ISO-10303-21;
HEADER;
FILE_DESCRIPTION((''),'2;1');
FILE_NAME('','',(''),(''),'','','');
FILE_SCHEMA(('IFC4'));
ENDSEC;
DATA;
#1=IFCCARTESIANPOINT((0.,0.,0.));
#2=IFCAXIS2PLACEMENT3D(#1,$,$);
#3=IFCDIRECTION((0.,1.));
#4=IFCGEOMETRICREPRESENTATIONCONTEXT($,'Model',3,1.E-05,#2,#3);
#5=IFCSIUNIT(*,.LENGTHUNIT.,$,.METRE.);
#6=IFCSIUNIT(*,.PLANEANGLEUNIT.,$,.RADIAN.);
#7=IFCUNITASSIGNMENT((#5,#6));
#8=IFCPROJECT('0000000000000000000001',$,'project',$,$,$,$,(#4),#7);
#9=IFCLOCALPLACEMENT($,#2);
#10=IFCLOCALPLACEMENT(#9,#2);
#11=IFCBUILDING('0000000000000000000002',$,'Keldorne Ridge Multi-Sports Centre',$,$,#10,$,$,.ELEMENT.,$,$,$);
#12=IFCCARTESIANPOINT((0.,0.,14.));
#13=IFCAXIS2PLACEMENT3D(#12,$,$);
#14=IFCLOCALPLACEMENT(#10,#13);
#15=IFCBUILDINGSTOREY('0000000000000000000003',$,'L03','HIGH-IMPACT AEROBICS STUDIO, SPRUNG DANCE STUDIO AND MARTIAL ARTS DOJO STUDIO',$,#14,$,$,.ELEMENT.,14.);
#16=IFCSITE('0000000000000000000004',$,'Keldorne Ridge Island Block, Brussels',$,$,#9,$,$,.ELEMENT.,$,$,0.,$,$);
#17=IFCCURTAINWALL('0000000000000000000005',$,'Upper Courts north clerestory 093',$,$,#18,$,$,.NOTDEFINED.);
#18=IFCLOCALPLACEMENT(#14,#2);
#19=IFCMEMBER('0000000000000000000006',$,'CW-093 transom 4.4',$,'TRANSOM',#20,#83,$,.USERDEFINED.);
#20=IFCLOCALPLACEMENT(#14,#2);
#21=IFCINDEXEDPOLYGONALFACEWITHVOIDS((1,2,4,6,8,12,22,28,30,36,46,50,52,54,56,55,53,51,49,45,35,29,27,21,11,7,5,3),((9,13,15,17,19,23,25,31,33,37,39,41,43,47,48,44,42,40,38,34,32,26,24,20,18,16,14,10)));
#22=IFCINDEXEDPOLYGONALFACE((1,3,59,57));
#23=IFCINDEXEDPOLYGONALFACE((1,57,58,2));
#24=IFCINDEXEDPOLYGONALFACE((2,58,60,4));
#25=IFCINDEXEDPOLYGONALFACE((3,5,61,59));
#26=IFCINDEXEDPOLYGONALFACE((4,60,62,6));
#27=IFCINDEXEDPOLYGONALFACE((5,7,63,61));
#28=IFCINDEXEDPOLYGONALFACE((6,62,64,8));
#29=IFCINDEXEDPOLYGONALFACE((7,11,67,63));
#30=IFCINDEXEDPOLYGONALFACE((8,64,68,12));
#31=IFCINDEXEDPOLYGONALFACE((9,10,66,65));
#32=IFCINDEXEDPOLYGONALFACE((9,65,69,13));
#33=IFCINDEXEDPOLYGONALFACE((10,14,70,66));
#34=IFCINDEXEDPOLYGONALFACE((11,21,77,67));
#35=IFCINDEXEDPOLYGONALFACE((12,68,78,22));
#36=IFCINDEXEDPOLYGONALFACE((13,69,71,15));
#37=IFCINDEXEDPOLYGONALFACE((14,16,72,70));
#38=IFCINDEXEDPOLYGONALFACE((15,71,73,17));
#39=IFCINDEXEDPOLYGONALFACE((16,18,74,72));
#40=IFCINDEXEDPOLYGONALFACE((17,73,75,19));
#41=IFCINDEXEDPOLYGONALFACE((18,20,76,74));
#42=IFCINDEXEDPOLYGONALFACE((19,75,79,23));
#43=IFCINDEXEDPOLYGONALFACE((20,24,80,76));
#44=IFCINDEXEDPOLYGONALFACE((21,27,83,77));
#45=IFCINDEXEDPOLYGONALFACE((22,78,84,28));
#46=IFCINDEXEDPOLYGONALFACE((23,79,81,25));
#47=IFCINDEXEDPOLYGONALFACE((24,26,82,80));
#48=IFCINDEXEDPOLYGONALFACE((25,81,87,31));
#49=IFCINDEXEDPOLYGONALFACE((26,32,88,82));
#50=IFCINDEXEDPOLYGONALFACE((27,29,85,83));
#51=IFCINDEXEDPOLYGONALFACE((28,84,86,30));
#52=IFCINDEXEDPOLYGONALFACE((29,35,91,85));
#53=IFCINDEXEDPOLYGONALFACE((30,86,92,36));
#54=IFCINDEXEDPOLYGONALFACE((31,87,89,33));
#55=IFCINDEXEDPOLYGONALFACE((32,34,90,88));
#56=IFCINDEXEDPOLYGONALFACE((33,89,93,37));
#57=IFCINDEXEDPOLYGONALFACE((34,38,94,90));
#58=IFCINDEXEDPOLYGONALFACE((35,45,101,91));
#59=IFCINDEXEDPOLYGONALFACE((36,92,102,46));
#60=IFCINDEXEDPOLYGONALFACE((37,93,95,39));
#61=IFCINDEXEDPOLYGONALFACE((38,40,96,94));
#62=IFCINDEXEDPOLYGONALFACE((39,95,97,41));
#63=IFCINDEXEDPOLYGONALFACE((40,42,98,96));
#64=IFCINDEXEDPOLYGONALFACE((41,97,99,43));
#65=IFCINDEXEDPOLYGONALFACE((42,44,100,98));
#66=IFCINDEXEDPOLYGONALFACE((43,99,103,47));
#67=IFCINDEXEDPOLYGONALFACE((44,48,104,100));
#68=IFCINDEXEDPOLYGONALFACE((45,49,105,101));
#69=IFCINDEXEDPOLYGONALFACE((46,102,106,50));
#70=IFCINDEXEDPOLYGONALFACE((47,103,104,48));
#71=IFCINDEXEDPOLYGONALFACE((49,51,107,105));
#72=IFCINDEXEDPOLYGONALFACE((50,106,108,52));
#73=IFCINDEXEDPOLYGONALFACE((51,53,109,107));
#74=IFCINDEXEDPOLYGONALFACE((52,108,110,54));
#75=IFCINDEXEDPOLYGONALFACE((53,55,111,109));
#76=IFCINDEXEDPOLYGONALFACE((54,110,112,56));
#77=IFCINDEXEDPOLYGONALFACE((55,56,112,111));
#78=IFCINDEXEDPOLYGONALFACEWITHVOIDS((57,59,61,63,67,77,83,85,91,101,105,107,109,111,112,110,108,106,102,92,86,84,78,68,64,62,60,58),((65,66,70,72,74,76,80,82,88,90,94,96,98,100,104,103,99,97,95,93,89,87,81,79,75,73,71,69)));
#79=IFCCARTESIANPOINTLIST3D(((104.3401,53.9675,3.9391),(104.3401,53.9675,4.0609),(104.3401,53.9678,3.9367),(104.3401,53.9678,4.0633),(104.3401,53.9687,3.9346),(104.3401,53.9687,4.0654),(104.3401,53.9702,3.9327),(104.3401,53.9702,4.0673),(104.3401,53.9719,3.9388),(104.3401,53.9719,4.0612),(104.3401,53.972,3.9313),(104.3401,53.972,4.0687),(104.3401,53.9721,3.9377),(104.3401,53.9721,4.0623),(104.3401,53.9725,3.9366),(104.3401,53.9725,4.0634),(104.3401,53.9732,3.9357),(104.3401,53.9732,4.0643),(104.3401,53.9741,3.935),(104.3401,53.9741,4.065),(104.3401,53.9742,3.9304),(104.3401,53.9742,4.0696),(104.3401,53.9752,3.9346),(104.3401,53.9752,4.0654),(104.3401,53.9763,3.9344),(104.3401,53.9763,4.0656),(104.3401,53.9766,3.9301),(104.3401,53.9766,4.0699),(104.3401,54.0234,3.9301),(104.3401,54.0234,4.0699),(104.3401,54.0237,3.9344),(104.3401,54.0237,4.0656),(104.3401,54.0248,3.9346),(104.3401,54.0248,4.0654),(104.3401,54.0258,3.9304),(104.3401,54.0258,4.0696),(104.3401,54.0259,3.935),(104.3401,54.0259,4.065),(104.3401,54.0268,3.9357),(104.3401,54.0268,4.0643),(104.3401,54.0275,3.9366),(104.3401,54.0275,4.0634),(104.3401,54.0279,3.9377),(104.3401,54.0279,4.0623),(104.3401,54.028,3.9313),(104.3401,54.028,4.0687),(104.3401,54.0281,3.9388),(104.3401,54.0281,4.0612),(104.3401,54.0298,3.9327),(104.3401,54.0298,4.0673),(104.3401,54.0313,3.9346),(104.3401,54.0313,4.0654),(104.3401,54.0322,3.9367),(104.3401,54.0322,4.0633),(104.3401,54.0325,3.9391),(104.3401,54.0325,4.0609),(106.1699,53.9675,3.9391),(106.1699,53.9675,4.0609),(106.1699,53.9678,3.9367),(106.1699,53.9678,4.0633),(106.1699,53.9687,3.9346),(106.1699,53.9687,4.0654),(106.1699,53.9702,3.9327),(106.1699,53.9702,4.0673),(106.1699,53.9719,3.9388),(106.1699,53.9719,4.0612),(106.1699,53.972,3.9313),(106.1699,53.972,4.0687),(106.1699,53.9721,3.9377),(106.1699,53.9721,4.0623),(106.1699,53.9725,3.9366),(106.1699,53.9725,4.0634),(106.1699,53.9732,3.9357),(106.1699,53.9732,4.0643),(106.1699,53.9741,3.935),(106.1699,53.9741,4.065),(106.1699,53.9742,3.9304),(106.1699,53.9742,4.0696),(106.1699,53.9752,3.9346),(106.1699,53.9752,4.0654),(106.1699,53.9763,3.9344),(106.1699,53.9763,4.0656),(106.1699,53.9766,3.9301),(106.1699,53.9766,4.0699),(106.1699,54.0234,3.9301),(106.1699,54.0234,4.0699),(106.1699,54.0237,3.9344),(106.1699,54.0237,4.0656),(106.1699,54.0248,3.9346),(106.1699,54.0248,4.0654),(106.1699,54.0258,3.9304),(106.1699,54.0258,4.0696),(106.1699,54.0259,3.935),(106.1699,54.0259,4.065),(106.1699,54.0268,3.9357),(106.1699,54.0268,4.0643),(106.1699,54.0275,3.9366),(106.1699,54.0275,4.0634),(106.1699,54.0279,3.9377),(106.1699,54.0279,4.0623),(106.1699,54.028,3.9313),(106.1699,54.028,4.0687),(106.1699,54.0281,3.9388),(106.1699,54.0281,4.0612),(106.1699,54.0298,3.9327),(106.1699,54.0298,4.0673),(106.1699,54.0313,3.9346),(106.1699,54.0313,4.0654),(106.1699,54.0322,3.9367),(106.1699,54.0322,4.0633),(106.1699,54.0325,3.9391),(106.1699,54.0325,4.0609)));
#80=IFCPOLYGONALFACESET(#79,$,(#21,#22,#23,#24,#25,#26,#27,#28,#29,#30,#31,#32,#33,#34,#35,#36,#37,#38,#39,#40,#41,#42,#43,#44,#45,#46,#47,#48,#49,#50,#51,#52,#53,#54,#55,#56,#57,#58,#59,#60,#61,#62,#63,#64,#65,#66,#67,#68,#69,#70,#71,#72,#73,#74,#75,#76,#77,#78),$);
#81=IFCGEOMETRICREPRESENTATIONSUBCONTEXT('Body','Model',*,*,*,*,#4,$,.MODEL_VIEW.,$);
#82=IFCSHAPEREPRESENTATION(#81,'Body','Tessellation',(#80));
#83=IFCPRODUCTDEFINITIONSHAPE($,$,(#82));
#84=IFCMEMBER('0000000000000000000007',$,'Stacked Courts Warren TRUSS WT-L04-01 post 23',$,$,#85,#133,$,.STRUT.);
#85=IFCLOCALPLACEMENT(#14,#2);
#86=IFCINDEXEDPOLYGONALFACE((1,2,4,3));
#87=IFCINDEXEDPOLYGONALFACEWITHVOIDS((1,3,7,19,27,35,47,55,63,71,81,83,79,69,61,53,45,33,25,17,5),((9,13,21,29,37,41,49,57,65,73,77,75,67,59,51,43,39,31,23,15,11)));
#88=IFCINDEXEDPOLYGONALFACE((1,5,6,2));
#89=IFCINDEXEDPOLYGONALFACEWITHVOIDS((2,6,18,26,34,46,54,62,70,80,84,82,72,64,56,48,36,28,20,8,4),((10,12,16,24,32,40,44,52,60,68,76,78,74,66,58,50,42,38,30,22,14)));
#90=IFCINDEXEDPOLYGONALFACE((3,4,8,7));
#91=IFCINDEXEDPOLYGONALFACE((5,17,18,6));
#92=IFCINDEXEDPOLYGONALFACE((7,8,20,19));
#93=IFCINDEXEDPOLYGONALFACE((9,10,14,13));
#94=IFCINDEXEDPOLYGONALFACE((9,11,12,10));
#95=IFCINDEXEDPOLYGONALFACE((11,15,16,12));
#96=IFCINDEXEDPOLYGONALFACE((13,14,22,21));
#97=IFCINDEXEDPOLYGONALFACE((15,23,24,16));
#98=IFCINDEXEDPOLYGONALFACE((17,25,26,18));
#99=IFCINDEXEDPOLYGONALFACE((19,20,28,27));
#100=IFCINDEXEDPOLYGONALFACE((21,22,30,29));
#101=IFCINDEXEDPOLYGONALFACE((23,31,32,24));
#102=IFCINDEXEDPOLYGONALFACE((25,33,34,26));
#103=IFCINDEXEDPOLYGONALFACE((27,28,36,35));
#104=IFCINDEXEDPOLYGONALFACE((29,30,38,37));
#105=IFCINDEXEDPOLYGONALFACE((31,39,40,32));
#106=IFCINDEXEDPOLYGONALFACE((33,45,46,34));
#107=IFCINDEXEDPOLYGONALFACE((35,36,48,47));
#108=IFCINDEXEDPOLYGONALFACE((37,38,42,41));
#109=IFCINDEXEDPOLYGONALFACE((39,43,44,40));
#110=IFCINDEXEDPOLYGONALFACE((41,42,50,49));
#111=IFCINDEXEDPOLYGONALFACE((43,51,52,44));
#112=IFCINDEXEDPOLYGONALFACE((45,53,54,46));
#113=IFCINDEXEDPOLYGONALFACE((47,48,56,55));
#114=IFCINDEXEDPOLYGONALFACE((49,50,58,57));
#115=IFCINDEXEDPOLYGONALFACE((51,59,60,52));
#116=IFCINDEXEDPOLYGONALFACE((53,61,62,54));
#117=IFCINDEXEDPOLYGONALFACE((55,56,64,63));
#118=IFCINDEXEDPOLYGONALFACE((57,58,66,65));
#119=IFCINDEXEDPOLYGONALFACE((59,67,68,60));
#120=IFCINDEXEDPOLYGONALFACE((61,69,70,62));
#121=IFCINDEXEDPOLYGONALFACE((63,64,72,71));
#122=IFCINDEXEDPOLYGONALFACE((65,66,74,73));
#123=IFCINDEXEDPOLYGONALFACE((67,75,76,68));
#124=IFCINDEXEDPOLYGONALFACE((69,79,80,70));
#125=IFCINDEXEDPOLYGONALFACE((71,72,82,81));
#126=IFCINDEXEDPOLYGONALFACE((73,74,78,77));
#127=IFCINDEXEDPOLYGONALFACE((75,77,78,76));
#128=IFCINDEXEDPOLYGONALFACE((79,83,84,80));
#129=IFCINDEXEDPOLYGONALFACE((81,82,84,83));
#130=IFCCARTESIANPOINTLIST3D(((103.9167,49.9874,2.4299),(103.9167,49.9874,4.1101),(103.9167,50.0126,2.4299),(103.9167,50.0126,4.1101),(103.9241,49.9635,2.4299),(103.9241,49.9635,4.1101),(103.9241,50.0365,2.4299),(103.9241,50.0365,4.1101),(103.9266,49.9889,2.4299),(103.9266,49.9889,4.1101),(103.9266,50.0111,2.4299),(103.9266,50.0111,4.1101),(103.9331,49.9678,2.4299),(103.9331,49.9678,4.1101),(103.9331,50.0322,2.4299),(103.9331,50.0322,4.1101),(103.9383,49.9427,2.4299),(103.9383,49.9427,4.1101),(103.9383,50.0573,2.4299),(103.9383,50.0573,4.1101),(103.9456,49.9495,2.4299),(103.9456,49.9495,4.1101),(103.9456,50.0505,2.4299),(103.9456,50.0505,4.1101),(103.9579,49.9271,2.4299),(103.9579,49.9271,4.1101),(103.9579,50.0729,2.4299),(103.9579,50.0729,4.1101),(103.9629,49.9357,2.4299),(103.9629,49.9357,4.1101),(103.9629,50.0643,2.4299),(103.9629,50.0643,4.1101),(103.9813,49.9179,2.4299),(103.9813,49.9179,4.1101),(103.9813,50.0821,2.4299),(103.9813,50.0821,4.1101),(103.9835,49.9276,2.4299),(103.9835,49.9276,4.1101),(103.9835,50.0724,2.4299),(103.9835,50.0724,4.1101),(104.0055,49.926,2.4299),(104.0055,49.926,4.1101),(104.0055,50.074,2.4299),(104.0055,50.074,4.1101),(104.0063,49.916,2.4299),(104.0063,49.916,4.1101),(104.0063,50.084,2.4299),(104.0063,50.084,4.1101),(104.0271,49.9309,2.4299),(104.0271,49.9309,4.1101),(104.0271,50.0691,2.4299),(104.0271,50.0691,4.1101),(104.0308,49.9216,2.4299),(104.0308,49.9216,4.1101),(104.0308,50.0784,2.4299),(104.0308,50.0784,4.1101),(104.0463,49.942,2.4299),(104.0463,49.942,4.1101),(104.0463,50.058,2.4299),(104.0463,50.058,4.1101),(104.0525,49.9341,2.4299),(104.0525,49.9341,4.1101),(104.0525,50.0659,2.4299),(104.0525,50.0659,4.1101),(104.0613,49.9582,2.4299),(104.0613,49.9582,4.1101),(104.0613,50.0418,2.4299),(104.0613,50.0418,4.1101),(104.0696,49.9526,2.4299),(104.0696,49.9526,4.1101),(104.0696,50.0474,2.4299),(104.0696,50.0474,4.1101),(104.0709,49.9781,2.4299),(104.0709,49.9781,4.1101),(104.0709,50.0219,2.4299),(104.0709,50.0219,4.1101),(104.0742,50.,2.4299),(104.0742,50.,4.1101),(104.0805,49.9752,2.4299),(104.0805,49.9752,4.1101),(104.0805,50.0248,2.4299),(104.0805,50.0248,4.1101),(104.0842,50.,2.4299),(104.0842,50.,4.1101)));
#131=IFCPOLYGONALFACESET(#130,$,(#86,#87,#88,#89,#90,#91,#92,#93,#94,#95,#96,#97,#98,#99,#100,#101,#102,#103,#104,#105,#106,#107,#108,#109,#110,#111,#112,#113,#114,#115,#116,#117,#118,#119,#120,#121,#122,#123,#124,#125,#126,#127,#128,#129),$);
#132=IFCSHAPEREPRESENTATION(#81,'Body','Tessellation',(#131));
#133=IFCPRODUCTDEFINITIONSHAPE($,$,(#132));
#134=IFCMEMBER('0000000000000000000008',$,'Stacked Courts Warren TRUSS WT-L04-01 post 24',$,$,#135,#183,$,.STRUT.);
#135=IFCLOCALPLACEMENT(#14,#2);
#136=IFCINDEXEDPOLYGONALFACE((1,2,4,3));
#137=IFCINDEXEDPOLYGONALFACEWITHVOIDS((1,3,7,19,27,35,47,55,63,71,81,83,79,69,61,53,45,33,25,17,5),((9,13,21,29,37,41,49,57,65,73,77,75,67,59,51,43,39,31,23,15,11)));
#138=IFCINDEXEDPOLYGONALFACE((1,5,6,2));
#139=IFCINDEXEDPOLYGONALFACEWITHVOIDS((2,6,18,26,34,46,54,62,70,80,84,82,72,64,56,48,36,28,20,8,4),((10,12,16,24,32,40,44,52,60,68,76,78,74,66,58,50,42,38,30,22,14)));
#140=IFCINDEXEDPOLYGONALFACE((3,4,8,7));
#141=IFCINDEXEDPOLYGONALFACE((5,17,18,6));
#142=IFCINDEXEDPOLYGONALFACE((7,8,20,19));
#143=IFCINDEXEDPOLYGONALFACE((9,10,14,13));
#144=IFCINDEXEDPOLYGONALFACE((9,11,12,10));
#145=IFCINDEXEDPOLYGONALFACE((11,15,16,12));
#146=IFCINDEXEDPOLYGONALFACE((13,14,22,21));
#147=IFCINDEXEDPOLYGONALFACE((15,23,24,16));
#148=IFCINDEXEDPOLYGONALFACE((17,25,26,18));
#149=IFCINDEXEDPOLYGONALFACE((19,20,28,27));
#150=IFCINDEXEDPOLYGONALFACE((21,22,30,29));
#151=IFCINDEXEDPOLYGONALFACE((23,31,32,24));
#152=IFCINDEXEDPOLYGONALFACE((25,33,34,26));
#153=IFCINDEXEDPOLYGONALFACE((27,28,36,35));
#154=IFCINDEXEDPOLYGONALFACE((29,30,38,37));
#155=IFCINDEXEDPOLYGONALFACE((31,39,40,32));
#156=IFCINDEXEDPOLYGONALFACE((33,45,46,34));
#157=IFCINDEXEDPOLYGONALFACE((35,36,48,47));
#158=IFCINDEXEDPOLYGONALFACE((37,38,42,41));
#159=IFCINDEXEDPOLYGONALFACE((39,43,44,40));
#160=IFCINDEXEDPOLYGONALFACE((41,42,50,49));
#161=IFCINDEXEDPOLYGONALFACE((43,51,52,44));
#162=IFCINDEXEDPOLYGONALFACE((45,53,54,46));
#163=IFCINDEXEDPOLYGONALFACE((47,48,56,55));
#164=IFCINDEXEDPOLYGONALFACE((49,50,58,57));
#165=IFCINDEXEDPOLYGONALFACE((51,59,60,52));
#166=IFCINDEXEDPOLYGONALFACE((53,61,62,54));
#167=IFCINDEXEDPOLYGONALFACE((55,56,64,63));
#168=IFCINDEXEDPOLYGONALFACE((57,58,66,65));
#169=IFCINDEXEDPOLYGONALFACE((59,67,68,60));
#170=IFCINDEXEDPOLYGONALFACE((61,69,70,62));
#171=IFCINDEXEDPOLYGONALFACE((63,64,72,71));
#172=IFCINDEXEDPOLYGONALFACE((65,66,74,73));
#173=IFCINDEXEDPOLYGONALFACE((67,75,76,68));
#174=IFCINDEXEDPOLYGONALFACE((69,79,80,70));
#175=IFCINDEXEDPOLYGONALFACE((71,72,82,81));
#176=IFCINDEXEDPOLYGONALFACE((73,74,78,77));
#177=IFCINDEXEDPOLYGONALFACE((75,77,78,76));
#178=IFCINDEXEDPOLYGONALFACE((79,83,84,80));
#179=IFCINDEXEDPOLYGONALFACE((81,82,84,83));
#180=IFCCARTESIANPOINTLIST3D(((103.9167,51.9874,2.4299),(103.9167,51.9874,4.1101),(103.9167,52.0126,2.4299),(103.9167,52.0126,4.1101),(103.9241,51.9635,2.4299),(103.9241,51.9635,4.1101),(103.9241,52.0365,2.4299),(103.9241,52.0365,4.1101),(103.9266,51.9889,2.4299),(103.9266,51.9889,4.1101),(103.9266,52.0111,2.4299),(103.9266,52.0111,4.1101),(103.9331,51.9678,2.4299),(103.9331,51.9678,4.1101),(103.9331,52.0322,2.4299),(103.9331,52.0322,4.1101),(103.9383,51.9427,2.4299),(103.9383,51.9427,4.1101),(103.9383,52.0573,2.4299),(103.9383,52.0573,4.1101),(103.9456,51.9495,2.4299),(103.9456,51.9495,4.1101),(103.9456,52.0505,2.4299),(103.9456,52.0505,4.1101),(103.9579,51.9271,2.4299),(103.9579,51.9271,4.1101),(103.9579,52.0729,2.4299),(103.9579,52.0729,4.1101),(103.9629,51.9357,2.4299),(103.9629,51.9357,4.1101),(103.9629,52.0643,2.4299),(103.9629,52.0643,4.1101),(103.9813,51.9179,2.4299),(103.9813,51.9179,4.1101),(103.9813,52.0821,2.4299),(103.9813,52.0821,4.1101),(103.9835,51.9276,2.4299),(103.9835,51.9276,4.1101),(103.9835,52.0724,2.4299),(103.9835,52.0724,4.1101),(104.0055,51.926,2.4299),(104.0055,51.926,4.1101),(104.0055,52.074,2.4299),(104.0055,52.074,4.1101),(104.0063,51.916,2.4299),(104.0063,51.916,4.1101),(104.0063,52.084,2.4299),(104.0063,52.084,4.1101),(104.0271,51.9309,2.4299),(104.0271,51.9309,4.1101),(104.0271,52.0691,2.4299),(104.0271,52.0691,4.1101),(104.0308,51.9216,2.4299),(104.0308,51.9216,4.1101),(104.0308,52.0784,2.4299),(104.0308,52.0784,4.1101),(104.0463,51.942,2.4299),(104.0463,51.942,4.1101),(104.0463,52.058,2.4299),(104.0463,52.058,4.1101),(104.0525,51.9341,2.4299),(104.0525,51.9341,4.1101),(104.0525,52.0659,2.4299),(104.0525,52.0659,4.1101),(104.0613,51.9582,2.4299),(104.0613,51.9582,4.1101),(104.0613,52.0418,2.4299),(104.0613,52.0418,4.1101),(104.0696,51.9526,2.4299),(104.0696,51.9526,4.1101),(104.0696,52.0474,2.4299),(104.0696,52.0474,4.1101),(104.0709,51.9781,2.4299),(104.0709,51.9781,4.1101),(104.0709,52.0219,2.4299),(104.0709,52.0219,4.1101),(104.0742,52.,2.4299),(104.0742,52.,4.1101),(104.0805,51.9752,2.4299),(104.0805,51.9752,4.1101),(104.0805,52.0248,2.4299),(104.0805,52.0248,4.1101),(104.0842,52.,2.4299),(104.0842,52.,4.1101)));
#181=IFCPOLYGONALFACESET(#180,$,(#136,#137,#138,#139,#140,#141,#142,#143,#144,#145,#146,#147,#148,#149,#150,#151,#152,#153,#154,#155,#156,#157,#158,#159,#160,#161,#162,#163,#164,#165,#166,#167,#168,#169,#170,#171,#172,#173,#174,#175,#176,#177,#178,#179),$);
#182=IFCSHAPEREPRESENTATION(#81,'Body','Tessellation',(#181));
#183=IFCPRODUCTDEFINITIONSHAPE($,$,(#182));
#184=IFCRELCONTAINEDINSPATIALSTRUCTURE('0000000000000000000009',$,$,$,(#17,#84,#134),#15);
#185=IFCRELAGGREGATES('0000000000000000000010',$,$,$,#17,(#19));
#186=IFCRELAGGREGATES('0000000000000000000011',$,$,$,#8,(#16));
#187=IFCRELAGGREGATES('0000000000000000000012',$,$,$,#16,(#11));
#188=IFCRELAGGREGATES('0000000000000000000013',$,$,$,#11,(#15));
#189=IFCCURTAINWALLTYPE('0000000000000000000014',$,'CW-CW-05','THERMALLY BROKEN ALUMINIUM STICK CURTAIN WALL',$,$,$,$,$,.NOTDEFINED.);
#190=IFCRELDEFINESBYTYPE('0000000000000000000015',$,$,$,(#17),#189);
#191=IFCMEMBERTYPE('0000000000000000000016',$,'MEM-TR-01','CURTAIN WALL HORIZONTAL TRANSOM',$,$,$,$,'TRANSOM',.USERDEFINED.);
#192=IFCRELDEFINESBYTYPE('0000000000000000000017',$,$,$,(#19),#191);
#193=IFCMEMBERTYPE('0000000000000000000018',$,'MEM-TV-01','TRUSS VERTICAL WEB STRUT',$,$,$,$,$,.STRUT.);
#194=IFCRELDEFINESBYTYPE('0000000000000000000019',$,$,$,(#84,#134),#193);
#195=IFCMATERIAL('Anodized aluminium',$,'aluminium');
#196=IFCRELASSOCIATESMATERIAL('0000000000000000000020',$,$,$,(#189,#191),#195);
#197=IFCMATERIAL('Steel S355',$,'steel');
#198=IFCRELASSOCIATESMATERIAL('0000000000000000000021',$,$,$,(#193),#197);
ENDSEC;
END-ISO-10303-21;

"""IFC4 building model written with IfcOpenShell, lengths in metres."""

from ifc_helpers import new_model, si_unit, direction, frame, origin, origin_2d, place, context, subcontext, project, spatial, hollow_rectangle, hollow_circle, extrude, material, material_profile, profile_set, type_object, element, aggregate, save


model = new_model("IFC4")

# Units and contexts
model_context = context("Model", 3, precision=1e-05, world=origin(), true_north=direction((0.0, 1.0)))
body_context = subcontext(model_context, "Body", "Model", "MODEL_VIEW")
ifc_project = project(units=[si_unit("LENGTHUNIT", "METRE"), si_unit("PLANEANGLEUNIT", "RADIAN")], contexts=[model_context])

# Site, building, storey
site_placement = place(None, origin())
site = spatial("IfcSite", under=ifc_project, at=site_placement, Name="Keldorne Ridge Island Block, Brussels", CompositionType="ELEMENT", RefElevation=0.0)
building_placement = place(site_placement, origin())
building = spatial("IfcBuilding", under=site, at=building_placement, Name="Keldorne Ridge Multi-Sports Centre", CompositionType="ELEMENT")
storey_placement = place(building_placement, frame((0.0, 0.0, 14.0)))
storey = spatial("IfcBuildingStorey", under=building, at=storey_placement, Name="L03", Description="HIGH-IMPACT AEROBICS STUDIO, SPRUNG DANCE STUDIO AND MARTIAL ARTS DOJO STUDIO", CompositionType="ELEMENT", Elevation=14.0)

# Shared definitions
ifc_material_1 = material(Name="Steel S355", Category="steel")

# Curtain wall
ifc_material_2 = material(Name="Anodized aluminium", Category="aluminium")
curtain_wall_type = type_object("IfcCurtainWallType", Name="CW-CW-05", Description="THERMALLY BROKEN ALUMINIUM STICK CURTAIN WALL", PredefinedType="NOTDEFINED", material=ifc_material_2)
curtain_wall_placement = place(storey_placement, origin())
curtain_wall = element("IfcCurtainWall", 1, at=curtain_wall_placement, inside=storey, type_object=curtain_wall_type, Name="Upper Courts north clerestory 093", PredefinedType="NOTDEFINED")

# Member
ifc_material_profile_1 = material_profile(ifc_material_2, hollow_rectangle(XDim=0.0649, YDim=0.1399, WallThickness=0.0044, InnerFilletRadius=0.0044, OuterFilletRadius=0.009, at=origin_2d()), Name="ALU TRANSOM 140x65x4.5")
ifc_profile_set_1 = profile_set([ifc_material_profile_1], Name="Anodized aluminium")
member_type_1 = type_object("IfcMemberType", Name="MEM-TR-01", Description="CURTAIN WALL HORIZONTAL TRANSOM", ElementType="TRANSOM", PredefinedType="USERDEFINED", material=ifc_profile_set_1)
member_1_placement = place(storey_placement, frame((106.1699, 54.0, 4.0), z_axis=(-1.0, 0.0, 0.0), x_axis=(0.0, -1.0, 0.0)))
member_1 = element("IfcMember", 2, at=member_1_placement, type_object=member_type_1, Name="CW-093 transom 4.4", ObjectType="TRANSOM", PredefinedType="USERDEFINED", context=body_context, shape_type="SweptSolid", body=[
    extrude(hollow_rectangle(XDim=0.0649, YDim=0.1399, WallThickness=0.0044, InnerFilletRadius=0.0044, OuterFilletRadius=0.009, at=origin_2d()), origin(), (0.0, 0.0, 1.0), 1.8298),
])

# Members
ifc_material_profile_2 = material_profile(ifc_material_1, hollow_circle(Radius=0.0842, WallThickness=0.01, at=origin_2d()), Name="CHS 168.3x10")
ifc_profile_set_2 = profile_set([ifc_material_profile_2], Name="Steel S355")
member_type_2 = type_object("IfcMemberType", Name="MEM-TV-01", Description="TRUSS VERTICAL WEB STRUT", PredefinedType="STRUT", material=ifc_profile_set_2)
for number, where, z_axis, x_axis, name in (
    (3, (104.0, 50.0, 2.4299), (0.0, 0.0, 1.0), (1.0, 0.0, 0.0), "Stacked Courts Warren TRUSS WT-L04-01 post 23"),
    (4, (104.0, 52.0, 2.4299), (0.0, 0.0, 1.0), (1.0, 0.0, 0.0), "Stacked Courts Warren TRUSS WT-L04-01 post 24"),
):
    element("IfcMember", number, at=place(storey_placement, frame(where, z_axis=z_axis, x_axis=x_axis)), inside=storey, type_object=member_type_2, Name=name, PredefinedType="STRUT", context=body_context, shape_type="SweptSolid", body=[
        extrude(hollow_circle(Radius=0.0842, WallThickness=0.01, at=origin_2d()), origin(), (0.0, 0.0, 1.0), 1.6802),
    ])

aggregate(curtain_wall, [member_1])

save(model, "model.ifc")
